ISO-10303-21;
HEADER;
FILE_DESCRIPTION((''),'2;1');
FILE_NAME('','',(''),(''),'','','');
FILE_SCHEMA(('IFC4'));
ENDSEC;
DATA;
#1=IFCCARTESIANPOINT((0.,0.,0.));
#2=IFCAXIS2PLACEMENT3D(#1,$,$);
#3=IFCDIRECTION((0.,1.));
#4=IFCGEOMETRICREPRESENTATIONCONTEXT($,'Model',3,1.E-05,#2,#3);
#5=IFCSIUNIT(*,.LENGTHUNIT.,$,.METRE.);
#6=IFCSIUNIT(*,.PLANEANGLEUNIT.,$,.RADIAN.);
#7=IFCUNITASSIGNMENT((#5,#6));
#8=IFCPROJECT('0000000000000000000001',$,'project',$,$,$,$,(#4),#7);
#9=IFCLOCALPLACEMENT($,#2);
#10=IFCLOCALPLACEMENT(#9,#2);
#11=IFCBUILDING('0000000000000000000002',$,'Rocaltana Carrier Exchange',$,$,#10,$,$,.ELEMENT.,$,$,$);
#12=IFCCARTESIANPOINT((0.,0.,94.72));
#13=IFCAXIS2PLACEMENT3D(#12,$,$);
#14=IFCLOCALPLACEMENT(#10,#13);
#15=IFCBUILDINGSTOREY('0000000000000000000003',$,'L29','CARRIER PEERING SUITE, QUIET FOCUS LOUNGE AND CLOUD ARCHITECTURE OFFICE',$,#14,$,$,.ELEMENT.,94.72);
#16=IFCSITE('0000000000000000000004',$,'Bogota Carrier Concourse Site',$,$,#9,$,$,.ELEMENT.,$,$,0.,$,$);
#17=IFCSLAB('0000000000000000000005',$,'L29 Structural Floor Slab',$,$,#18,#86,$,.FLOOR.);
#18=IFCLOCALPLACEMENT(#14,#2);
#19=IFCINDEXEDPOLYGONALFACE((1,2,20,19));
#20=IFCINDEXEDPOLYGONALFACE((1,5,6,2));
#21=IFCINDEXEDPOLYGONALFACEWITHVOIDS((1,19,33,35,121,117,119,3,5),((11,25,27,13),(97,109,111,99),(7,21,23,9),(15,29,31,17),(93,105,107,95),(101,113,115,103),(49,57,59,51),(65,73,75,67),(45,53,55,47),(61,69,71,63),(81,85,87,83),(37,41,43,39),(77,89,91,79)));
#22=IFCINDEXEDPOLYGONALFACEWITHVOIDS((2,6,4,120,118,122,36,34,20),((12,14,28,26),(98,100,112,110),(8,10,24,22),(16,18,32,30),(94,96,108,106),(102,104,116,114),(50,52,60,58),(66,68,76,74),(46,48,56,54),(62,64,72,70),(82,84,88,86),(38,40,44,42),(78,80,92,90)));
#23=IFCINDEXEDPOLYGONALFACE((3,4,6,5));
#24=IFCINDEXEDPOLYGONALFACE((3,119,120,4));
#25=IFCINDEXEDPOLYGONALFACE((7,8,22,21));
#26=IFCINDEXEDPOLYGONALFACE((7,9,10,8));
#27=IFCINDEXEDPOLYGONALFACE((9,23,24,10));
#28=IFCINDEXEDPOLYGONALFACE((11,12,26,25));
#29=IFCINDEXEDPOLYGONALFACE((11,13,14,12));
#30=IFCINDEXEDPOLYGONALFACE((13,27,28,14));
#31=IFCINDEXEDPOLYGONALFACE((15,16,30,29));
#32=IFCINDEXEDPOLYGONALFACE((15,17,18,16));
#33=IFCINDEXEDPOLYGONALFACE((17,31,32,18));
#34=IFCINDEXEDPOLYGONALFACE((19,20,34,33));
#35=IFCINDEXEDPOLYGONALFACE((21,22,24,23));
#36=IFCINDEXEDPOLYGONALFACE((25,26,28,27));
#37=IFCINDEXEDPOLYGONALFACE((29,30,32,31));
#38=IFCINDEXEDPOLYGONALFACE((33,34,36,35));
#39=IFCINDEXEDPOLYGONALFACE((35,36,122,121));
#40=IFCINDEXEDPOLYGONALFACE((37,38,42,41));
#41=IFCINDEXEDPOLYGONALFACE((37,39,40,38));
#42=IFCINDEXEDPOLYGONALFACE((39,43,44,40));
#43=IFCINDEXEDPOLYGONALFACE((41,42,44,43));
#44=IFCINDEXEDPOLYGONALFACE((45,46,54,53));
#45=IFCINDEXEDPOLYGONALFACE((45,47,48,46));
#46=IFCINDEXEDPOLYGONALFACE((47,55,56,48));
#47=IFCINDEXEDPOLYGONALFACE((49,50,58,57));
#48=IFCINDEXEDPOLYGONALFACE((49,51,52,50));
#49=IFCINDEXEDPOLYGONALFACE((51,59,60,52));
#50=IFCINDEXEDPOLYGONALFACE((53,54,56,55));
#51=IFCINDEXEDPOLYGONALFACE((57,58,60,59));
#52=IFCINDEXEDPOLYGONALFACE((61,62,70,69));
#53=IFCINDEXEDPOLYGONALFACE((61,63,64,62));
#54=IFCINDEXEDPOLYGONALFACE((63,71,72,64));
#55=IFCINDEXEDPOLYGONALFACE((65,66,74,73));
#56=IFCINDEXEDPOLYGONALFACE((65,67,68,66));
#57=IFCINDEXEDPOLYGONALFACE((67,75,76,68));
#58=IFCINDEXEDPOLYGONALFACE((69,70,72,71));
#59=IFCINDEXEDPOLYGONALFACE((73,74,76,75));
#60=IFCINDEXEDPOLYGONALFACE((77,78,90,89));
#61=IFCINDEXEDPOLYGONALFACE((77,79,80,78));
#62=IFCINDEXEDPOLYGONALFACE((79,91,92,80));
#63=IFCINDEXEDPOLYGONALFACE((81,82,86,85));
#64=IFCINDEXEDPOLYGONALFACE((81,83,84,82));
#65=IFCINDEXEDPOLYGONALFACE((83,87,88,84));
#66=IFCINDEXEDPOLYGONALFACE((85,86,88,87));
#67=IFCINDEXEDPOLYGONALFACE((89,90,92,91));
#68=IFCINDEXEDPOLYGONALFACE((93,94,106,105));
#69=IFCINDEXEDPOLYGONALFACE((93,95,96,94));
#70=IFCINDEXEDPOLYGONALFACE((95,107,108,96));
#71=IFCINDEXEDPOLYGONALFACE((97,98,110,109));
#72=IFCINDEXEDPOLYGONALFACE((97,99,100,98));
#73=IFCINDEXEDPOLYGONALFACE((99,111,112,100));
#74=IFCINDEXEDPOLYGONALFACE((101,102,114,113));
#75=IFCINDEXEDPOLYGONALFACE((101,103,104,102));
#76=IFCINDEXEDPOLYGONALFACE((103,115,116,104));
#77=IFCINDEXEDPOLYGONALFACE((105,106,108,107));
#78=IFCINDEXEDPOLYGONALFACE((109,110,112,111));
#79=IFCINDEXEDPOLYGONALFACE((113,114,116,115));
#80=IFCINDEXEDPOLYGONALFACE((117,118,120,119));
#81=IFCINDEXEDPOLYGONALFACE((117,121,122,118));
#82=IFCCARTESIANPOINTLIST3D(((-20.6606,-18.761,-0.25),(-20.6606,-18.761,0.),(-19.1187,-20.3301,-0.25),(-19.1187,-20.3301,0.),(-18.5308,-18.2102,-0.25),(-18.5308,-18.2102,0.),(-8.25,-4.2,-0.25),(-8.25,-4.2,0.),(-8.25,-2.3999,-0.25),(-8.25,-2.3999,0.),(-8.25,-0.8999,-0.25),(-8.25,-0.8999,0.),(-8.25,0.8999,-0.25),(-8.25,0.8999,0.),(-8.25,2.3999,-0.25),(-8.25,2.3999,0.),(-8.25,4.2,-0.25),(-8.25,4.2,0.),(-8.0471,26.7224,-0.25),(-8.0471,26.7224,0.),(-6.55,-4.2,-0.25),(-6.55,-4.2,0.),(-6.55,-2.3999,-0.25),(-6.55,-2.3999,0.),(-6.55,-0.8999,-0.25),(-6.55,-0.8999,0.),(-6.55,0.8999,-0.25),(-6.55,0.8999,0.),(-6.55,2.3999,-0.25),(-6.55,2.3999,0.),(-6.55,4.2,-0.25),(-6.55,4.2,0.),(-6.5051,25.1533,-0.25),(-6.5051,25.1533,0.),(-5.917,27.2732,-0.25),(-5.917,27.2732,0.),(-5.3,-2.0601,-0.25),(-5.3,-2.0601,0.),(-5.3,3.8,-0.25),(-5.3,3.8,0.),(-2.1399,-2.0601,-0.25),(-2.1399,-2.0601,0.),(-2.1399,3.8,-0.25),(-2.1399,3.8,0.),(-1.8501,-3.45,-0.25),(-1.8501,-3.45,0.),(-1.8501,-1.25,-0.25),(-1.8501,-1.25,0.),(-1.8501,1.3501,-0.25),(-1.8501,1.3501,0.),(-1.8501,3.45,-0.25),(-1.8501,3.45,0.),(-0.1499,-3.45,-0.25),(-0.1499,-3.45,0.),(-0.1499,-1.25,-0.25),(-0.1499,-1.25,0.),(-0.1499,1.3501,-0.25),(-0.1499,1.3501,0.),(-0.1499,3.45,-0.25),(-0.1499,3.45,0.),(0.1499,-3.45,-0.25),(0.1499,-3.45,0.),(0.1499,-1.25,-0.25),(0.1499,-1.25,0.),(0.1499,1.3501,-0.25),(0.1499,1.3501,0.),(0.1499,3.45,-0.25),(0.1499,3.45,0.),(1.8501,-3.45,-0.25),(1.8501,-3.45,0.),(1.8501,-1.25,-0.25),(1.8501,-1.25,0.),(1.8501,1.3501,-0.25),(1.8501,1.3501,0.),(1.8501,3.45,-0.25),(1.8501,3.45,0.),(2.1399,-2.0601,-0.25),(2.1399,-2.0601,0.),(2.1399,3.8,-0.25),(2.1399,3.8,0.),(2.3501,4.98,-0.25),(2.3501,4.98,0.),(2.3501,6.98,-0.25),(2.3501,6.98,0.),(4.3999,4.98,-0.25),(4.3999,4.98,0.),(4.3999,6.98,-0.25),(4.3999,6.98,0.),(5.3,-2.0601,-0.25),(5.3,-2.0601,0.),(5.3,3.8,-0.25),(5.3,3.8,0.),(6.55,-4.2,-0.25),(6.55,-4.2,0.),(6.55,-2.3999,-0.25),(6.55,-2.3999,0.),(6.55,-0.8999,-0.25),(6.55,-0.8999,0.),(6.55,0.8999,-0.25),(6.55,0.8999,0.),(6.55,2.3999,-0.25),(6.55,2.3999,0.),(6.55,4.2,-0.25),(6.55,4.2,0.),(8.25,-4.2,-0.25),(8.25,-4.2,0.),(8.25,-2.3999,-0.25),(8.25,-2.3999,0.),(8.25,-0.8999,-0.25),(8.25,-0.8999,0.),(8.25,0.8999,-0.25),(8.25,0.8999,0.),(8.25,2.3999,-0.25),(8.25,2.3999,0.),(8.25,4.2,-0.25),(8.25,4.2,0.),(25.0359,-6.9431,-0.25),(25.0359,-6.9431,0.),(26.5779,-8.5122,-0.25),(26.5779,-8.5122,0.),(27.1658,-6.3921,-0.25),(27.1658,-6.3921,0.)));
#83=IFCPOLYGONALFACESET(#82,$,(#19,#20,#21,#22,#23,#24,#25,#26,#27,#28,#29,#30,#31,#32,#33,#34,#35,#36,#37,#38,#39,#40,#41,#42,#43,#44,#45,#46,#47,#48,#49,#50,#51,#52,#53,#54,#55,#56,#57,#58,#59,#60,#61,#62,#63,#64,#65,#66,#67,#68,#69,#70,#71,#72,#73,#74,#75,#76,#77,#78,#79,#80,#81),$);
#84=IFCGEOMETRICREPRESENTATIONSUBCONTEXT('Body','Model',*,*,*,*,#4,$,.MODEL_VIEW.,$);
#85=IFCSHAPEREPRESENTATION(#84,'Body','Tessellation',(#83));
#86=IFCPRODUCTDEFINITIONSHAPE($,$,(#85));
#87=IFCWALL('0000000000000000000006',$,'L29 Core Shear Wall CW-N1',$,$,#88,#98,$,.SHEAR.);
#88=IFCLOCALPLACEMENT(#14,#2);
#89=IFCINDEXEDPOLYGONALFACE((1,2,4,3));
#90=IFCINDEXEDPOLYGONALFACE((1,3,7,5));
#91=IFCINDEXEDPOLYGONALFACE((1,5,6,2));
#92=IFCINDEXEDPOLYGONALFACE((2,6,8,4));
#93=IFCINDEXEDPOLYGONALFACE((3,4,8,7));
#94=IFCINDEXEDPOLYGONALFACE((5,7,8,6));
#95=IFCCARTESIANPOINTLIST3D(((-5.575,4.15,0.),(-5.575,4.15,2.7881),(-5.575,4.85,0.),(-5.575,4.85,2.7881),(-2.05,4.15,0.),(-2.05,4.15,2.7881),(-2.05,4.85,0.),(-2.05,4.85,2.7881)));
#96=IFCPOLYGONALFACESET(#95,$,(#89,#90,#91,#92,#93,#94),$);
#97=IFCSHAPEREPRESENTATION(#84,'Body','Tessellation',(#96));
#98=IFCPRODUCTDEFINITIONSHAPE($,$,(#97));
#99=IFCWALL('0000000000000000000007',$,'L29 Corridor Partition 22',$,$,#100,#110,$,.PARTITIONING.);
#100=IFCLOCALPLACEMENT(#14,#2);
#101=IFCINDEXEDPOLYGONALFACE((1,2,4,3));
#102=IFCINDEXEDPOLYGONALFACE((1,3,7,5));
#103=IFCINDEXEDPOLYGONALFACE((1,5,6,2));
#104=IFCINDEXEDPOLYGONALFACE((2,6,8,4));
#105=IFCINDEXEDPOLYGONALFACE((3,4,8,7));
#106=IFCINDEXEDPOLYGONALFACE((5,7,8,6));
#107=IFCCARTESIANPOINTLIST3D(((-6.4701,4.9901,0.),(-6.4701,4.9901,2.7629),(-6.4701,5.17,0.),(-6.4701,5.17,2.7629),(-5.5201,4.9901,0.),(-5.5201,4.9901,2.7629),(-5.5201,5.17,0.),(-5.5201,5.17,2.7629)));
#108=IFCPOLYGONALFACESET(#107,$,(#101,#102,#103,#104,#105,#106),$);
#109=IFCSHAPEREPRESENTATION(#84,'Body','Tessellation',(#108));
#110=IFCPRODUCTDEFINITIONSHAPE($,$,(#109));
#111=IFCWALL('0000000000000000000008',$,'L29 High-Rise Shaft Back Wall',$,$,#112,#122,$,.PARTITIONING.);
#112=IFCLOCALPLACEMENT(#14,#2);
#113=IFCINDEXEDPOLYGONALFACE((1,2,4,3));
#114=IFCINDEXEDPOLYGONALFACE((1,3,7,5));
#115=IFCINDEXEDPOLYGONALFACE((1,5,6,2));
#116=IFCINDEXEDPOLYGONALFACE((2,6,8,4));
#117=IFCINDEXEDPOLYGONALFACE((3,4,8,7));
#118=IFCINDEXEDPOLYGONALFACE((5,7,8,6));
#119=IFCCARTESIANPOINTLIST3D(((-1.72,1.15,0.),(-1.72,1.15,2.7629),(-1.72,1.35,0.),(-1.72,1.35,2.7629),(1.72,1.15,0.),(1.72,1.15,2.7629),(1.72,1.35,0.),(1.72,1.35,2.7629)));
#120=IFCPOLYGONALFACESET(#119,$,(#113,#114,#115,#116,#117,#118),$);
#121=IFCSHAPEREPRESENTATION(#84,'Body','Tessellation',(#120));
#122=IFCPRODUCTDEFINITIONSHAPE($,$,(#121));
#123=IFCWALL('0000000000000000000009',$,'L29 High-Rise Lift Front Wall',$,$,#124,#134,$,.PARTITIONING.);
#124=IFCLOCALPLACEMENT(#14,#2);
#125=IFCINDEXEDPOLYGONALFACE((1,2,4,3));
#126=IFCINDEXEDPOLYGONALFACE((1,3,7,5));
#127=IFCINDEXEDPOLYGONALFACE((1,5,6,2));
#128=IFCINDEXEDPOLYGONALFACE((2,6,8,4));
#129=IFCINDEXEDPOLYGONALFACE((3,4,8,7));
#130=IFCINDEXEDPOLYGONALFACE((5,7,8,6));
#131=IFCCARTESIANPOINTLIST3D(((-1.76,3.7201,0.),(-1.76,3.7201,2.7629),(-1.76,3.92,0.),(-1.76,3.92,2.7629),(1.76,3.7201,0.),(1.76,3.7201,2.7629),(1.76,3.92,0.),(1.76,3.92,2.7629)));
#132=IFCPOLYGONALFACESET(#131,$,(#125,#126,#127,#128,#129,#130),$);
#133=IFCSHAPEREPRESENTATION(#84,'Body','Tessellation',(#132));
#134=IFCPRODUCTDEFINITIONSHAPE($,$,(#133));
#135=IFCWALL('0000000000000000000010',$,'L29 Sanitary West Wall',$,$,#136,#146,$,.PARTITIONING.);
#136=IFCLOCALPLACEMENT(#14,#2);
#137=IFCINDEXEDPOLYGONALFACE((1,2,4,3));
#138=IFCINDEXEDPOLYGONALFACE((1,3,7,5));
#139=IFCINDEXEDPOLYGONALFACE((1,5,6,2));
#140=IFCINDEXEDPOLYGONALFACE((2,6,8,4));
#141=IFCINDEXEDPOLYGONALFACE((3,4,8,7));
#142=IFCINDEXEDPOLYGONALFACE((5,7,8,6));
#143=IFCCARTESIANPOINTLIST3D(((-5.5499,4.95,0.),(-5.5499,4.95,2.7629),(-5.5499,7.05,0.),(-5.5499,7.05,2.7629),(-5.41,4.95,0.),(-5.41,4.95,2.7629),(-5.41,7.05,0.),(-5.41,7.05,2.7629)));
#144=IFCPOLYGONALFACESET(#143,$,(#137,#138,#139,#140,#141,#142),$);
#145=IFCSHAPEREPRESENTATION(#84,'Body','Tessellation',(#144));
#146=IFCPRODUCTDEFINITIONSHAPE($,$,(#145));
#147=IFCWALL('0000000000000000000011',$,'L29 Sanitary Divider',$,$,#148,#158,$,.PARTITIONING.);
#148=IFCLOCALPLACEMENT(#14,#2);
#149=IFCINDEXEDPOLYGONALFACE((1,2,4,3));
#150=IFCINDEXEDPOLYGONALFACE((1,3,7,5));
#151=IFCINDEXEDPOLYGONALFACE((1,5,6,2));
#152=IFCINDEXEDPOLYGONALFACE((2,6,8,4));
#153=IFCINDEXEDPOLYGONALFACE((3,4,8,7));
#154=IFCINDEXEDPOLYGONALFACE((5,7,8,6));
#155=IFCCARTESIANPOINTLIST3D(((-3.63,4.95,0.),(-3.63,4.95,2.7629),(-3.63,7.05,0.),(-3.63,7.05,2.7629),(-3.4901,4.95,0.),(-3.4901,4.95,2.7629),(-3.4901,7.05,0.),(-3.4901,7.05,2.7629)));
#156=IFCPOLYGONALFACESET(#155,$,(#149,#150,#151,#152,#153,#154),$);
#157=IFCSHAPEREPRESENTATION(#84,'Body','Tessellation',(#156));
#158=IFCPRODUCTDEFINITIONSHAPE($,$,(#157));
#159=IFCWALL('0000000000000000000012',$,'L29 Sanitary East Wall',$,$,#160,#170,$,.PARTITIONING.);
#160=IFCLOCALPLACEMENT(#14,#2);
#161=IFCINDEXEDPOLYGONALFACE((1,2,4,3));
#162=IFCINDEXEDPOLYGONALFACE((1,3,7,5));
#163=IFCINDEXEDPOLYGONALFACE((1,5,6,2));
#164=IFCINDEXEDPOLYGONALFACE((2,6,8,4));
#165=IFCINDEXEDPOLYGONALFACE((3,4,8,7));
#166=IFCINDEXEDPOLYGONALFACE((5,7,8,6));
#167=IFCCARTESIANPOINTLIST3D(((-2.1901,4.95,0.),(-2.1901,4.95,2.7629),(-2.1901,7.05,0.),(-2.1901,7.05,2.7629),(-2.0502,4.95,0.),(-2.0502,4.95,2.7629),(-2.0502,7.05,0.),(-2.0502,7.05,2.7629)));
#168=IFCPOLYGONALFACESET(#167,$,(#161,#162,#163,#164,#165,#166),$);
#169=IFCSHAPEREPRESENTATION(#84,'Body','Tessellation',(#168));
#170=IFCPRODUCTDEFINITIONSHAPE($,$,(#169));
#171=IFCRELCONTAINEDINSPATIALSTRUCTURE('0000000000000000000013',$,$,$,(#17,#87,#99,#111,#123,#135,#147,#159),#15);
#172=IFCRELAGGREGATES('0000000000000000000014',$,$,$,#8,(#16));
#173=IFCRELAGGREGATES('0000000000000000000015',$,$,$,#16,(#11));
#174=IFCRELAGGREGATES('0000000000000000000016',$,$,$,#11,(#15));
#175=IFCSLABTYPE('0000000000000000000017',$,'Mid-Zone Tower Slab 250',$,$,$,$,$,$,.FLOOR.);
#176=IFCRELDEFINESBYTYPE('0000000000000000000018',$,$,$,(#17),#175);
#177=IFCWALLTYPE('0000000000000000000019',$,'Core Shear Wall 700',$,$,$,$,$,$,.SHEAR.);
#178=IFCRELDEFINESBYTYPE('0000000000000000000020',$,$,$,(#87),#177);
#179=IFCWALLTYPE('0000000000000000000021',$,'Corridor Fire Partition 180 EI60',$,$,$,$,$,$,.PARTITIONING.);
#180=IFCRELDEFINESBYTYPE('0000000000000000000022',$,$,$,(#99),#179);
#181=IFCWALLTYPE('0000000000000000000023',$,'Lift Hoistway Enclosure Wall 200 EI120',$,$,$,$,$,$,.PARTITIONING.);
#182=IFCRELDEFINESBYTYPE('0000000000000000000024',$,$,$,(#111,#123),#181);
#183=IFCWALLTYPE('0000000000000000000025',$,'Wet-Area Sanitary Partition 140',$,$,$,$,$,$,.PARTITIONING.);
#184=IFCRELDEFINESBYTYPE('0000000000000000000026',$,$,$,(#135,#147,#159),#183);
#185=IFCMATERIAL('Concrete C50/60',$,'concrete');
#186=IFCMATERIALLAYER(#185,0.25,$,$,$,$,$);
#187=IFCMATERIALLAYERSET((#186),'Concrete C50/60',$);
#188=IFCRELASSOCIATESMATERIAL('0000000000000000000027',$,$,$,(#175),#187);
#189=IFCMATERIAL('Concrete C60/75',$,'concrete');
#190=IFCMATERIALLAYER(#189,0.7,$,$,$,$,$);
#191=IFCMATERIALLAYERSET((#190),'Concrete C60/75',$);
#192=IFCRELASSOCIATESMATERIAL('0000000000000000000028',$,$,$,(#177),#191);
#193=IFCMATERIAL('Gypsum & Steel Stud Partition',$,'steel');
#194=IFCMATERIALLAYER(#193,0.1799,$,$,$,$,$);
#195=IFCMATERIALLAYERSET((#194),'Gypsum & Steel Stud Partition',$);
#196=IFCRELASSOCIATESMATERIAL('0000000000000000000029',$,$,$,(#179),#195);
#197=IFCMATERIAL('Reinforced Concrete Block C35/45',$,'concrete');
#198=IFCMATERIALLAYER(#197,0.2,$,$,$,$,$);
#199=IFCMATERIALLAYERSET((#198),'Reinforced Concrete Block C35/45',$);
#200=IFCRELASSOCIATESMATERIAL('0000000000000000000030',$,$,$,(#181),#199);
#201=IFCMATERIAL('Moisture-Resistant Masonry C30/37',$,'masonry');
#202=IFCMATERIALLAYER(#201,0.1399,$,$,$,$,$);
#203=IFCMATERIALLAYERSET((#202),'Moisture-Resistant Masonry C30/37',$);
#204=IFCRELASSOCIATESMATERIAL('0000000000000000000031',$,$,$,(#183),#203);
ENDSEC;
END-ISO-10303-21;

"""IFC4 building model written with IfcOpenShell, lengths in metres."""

from ifc_helpers import new_model, si_unit, direction, frame, frame_2d, origin, place, context, subcontext, project, spatial, polyline, rectangle, outline, extrude, material, layer, layer_set, type_object, element, save


model = new_model("IFC4")

# Units and contexts
model_context = context("Model", 3, precision=1e-05, world=origin(), true_north=direction((0.0, 1.0)))
body_context = subcontext(model_context, "Body", "Model", "MODEL_VIEW")
ifc_project = project(units=[si_unit("LENGTHUNIT", "METRE"), si_unit("PLANEANGLEUNIT", "RADIAN")], contexts=[model_context])

# Site, building, storey
site_placement = place(None, origin())
site = spatial("IfcSite", under=ifc_project, at=site_placement, Name="Bogota Carrier Concourse Site", CompositionType="ELEMENT", RefElevation=0.0)
building_placement = place(site_placement, origin())
building = spatial("IfcBuilding", under=site, at=building_placement, Name="Rocaltana Carrier Exchange", CompositionType="ELEMENT")
storey_placement = place(building_placement, frame((0.0, 0.0, 94.72)))
storey = spatial("IfcBuildingStorey", under=building, at=storey_placement, Name="L29", Description="CARRIER PEERING SUITE, QUIET FOCUS LOUNGE AND CLOUD ARCHITECTURE OFFICE", CompositionType="ELEMENT", Elevation=94.72)

# Slab
ifc_material_1 = material(Name="Concrete C50/60", Category="concrete")
ifc_layer_1 = layer(ifc_material_1, 0.25)
ifc_layer_set_1 = layer_set([ifc_layer_1], Name="Concrete C50/60")
slab_type = type_object("IfcSlabType", Name="Mid-Zone Tower Slab 250", PredefinedType="FLOOR", material=ifc_layer_set_1)
slab_placement = place(storey_placement, frame((0.0, 0.0, -0.25)))
element("IfcSlab", 1, at=slab_placement, inside=storey, type_object=slab_type, Name="L29 Structural Floor Slab", PredefinedType="FLOOR", context=body_context, shape_type="SweptSolid", body=[
    extrude(outline(polyline([(26.5779, -8.5122), (25.0359, -6.9431), (27.1658, -6.3921), (-5.917, 27.2732), (-6.5051, 25.1533), (-8.0471, 26.7224), (-20.6606, -18.761), (-18.5308, -18.2102), (-19.1187, -20.3301), (26.5779, -8.5122)]), holes=[polyline([(-5.3, -2.0601), (-2.1399, -2.0601), (-2.1399, 3.8), (-5.3, 3.8), (-5.3, -2.0601)]), polyline([(2.1399, -2.0601), (5.3, -2.0601), (5.3, 3.8), (2.1399, 3.8), (2.1399, -2.0601)]), polyline([(-1.8501, -3.45), (-0.1499, -3.45), (-0.1499, -1.25), (-1.8501, -1.25), (-1.8501, -3.45)]), polyline([(0.1499, -3.45), (1.8501, -3.45), (1.8501, -1.25), (0.1499, -1.25), (0.1499, -3.45)]), polyline([(2.3501, 4.98), (4.3999, 4.98), (4.3999, 6.98), (2.3501, 6.98), (2.3501, 4.98)]), polyline([(-1.8501, 1.3501), (-0.1499, 1.3501), (-0.1499, 3.45), (-1.8501, 3.45), (-1.8501, 1.3501)]), polyline([(0.1499, 1.3501), (1.8501, 1.3501), (1.8501, 3.45), (0.1499, 3.45), (0.1499, 1.3501)]), polyline([(-8.25, -4.2), (-6.55, -4.2), (-6.55, -2.3999), (-8.25, -2.3999), (-8.25, -4.2)]), polyline([(-8.25, -0.8999), (-6.55, -0.8999), (-6.55, 0.8999), (-8.25, 0.8999), (-8.25, -0.8999)]), polyline([(-8.25, 2.3999), (-6.55, 2.3999), (-6.55, 4.2), (-8.25, 4.2), (-8.25, 2.3999)]), polyline([(6.55, -4.2), (8.25, -4.2), (8.25, -2.3999), (6.55, -2.3999), (6.55, -4.2)]), polyline([(6.55, -0.8999), (8.25, -0.8999), (8.25, 0.8999), (6.55, 0.8999), (6.55, -0.8999)]), polyline([(6.55, 2.3999), (8.25, 2.3999), (8.25, 4.2), (6.55, 4.2), (6.55, 2.3999)])]), origin(), (0.0, 0.0, 1.0), 0.25),
])

# Walls
ifc_material_2 = material(Name="Concrete C60/75", Category="concrete")
ifc_layer_2 = layer(ifc_material_2, 0.7)
ifc_layer_set_2 = layer_set([ifc_layer_2], Name="Concrete C60/75")
wall_type_1 = type_object("IfcWallType", Name="Core Shear Wall 700", PredefinedType="SHEAR", material=ifc_layer_set_2)
wall_1_placement = place(storey_placement, frame((-5.575, 4.5, 0.0), z_axis=(0.0, 0.0, 1.0), x_axis=(1.0, 0.0, 0.0)))
element("IfcWall", 2, at=wall_1_placement, inside=storey, type_object=wall_type_1, Name="L29 Core Shear Wall CW-N1", PredefinedType="SHEAR", context=body_context, shape_type="SweptSolid", body=[
    extrude(rectangle(XDim=3.5249, YDim=0.7, at=frame_2d((1.7625, 0.0))), origin(), (0.0, 0.0, 1.0), 2.7881),
])
ifc_material_3 = material(Name="Gypsum & Steel Stud Partition", Category="steel")
ifc_layer_3 = layer(ifc_material_3, 0.1799)
ifc_layer_set_3 = layer_set([ifc_layer_3], Name="Gypsum & Steel Stud Partition")
wall_type_2 = type_object("IfcWallType", Name="Corridor Fire Partition 180 EI60", PredefinedType="PARTITIONING", material=ifc_layer_set_3)
wall_2_placement = place(storey_placement, frame((-5.52, 5.0801, 0.0), z_axis=(0.0, 0.0, 1.0), x_axis=(-1.0, 0.0, 0.0)))
element("IfcWall", 3, at=wall_2_placement, inside=storey, type_object=wall_type_2, Name="L29 Corridor Partition 22", PredefinedType="PARTITIONING", context=body_context, shape_type="SweptSolid", body=[
    extrude(rectangle(XDim=0.95, YDim=0.1799, at=frame_2d((0.4751, 0.0))), origin(), (0.0, 0.0, 1.0), 2.7629),
])
ifc_material_4 = material(Name="Reinforced Concrete Block C35/45", Category="concrete")
ifc_layer_4 = layer(ifc_material_4, 0.2)
ifc_layer_set_4 = layer_set([ifc_layer_4], Name="Reinforced Concrete Block C35/45")
wall_type_3 = type_object("IfcWallType", Name="Lift Hoistway Enclosure Wall 200 EI120", PredefinedType="PARTITIONING", material=ifc_layer_set_4)
wall_3_placement = place(storey_placement, frame((-1.72, 1.25, 0.0), z_axis=(0.0, 0.0, 1.0), x_axis=(1.0, 0.0, 0.0)))
element("IfcWall", 4, at=wall_3_placement, inside=storey, type_object=wall_type_3, Name="L29 High-Rise Shaft Back Wall", PredefinedType="PARTITIONING", context=body_context, shape_type="SweptSolid", body=[
    extrude(rectangle(XDim=3.4399, YDim=0.2, at=frame_2d((1.72, 0.0))), origin(), (0.0, 0.0, 1.0), 2.7629),
])
wall_4_placement = place(storey_placement, frame((-1.76, 3.8201, 0.0), z_axis=(0.0, 0.0, 1.0), x_axis=(1.0, 0.0, 0.0)))
element("IfcWall", 5, at=wall_4_placement, inside=storey, type_object=wall_type_3, Name="L29 High-Rise Lift Front Wall", PredefinedType="PARTITIONING", context=body_context, shape_type="SweptSolid", body=[
    extrude(rectangle(XDim=3.52, YDim=0.2, at=frame_2d((1.76, 0.0))), origin(), (0.0, 0.0, 1.0), 2.7629),
])
ifc_material_5 = material(Name="Moisture-Resistant Masonry C30/37", Category="masonry")
ifc_layer_5 = layer(ifc_material_5, 0.1399)
ifc_layer_set_5 = layer_set([ifc_layer_5], Name="Moisture-Resistant Masonry C30/37")
wall_type_4 = type_object("IfcWallType", Name="Wet-Area Sanitary Partition 140", PredefinedType="PARTITIONING", material=ifc_layer_set_5)
for number, where, z_axis, x_axis, name in (
    (6, (-5.48, 4.95, 0.0), (0.0, 0.0, 1.0), (0.0, 1.0, 0.0), "L29 Sanitary West Wall"),
    (7, (-3.5601, 4.95, 0.0), (0.0, 0.0, 1.0), (0.0, 1.0, 0.0), "L29 Sanitary Divider"),
    (8, (-2.1201, 4.95, 0.0), (0.0, 0.0, 1.0), (0.0, 1.0, 0.0), "L29 Sanitary East Wall"),
):
    element("IfcWall", number, at=place(storey_placement, frame(where, z_axis=z_axis, x_axis=x_axis)), inside=storey, type_object=wall_type_4, Name=name, PredefinedType="PARTITIONING", context=body_context, shape_type="SweptSolid", body=[
        extrude(rectangle(XDim=2.1001, YDim=0.1399, at=frame_2d((1.05, 0.0))), origin(), (0.0, 0.0, 1.0), 2.7629),
    ])

save(model, "model.ifc")
